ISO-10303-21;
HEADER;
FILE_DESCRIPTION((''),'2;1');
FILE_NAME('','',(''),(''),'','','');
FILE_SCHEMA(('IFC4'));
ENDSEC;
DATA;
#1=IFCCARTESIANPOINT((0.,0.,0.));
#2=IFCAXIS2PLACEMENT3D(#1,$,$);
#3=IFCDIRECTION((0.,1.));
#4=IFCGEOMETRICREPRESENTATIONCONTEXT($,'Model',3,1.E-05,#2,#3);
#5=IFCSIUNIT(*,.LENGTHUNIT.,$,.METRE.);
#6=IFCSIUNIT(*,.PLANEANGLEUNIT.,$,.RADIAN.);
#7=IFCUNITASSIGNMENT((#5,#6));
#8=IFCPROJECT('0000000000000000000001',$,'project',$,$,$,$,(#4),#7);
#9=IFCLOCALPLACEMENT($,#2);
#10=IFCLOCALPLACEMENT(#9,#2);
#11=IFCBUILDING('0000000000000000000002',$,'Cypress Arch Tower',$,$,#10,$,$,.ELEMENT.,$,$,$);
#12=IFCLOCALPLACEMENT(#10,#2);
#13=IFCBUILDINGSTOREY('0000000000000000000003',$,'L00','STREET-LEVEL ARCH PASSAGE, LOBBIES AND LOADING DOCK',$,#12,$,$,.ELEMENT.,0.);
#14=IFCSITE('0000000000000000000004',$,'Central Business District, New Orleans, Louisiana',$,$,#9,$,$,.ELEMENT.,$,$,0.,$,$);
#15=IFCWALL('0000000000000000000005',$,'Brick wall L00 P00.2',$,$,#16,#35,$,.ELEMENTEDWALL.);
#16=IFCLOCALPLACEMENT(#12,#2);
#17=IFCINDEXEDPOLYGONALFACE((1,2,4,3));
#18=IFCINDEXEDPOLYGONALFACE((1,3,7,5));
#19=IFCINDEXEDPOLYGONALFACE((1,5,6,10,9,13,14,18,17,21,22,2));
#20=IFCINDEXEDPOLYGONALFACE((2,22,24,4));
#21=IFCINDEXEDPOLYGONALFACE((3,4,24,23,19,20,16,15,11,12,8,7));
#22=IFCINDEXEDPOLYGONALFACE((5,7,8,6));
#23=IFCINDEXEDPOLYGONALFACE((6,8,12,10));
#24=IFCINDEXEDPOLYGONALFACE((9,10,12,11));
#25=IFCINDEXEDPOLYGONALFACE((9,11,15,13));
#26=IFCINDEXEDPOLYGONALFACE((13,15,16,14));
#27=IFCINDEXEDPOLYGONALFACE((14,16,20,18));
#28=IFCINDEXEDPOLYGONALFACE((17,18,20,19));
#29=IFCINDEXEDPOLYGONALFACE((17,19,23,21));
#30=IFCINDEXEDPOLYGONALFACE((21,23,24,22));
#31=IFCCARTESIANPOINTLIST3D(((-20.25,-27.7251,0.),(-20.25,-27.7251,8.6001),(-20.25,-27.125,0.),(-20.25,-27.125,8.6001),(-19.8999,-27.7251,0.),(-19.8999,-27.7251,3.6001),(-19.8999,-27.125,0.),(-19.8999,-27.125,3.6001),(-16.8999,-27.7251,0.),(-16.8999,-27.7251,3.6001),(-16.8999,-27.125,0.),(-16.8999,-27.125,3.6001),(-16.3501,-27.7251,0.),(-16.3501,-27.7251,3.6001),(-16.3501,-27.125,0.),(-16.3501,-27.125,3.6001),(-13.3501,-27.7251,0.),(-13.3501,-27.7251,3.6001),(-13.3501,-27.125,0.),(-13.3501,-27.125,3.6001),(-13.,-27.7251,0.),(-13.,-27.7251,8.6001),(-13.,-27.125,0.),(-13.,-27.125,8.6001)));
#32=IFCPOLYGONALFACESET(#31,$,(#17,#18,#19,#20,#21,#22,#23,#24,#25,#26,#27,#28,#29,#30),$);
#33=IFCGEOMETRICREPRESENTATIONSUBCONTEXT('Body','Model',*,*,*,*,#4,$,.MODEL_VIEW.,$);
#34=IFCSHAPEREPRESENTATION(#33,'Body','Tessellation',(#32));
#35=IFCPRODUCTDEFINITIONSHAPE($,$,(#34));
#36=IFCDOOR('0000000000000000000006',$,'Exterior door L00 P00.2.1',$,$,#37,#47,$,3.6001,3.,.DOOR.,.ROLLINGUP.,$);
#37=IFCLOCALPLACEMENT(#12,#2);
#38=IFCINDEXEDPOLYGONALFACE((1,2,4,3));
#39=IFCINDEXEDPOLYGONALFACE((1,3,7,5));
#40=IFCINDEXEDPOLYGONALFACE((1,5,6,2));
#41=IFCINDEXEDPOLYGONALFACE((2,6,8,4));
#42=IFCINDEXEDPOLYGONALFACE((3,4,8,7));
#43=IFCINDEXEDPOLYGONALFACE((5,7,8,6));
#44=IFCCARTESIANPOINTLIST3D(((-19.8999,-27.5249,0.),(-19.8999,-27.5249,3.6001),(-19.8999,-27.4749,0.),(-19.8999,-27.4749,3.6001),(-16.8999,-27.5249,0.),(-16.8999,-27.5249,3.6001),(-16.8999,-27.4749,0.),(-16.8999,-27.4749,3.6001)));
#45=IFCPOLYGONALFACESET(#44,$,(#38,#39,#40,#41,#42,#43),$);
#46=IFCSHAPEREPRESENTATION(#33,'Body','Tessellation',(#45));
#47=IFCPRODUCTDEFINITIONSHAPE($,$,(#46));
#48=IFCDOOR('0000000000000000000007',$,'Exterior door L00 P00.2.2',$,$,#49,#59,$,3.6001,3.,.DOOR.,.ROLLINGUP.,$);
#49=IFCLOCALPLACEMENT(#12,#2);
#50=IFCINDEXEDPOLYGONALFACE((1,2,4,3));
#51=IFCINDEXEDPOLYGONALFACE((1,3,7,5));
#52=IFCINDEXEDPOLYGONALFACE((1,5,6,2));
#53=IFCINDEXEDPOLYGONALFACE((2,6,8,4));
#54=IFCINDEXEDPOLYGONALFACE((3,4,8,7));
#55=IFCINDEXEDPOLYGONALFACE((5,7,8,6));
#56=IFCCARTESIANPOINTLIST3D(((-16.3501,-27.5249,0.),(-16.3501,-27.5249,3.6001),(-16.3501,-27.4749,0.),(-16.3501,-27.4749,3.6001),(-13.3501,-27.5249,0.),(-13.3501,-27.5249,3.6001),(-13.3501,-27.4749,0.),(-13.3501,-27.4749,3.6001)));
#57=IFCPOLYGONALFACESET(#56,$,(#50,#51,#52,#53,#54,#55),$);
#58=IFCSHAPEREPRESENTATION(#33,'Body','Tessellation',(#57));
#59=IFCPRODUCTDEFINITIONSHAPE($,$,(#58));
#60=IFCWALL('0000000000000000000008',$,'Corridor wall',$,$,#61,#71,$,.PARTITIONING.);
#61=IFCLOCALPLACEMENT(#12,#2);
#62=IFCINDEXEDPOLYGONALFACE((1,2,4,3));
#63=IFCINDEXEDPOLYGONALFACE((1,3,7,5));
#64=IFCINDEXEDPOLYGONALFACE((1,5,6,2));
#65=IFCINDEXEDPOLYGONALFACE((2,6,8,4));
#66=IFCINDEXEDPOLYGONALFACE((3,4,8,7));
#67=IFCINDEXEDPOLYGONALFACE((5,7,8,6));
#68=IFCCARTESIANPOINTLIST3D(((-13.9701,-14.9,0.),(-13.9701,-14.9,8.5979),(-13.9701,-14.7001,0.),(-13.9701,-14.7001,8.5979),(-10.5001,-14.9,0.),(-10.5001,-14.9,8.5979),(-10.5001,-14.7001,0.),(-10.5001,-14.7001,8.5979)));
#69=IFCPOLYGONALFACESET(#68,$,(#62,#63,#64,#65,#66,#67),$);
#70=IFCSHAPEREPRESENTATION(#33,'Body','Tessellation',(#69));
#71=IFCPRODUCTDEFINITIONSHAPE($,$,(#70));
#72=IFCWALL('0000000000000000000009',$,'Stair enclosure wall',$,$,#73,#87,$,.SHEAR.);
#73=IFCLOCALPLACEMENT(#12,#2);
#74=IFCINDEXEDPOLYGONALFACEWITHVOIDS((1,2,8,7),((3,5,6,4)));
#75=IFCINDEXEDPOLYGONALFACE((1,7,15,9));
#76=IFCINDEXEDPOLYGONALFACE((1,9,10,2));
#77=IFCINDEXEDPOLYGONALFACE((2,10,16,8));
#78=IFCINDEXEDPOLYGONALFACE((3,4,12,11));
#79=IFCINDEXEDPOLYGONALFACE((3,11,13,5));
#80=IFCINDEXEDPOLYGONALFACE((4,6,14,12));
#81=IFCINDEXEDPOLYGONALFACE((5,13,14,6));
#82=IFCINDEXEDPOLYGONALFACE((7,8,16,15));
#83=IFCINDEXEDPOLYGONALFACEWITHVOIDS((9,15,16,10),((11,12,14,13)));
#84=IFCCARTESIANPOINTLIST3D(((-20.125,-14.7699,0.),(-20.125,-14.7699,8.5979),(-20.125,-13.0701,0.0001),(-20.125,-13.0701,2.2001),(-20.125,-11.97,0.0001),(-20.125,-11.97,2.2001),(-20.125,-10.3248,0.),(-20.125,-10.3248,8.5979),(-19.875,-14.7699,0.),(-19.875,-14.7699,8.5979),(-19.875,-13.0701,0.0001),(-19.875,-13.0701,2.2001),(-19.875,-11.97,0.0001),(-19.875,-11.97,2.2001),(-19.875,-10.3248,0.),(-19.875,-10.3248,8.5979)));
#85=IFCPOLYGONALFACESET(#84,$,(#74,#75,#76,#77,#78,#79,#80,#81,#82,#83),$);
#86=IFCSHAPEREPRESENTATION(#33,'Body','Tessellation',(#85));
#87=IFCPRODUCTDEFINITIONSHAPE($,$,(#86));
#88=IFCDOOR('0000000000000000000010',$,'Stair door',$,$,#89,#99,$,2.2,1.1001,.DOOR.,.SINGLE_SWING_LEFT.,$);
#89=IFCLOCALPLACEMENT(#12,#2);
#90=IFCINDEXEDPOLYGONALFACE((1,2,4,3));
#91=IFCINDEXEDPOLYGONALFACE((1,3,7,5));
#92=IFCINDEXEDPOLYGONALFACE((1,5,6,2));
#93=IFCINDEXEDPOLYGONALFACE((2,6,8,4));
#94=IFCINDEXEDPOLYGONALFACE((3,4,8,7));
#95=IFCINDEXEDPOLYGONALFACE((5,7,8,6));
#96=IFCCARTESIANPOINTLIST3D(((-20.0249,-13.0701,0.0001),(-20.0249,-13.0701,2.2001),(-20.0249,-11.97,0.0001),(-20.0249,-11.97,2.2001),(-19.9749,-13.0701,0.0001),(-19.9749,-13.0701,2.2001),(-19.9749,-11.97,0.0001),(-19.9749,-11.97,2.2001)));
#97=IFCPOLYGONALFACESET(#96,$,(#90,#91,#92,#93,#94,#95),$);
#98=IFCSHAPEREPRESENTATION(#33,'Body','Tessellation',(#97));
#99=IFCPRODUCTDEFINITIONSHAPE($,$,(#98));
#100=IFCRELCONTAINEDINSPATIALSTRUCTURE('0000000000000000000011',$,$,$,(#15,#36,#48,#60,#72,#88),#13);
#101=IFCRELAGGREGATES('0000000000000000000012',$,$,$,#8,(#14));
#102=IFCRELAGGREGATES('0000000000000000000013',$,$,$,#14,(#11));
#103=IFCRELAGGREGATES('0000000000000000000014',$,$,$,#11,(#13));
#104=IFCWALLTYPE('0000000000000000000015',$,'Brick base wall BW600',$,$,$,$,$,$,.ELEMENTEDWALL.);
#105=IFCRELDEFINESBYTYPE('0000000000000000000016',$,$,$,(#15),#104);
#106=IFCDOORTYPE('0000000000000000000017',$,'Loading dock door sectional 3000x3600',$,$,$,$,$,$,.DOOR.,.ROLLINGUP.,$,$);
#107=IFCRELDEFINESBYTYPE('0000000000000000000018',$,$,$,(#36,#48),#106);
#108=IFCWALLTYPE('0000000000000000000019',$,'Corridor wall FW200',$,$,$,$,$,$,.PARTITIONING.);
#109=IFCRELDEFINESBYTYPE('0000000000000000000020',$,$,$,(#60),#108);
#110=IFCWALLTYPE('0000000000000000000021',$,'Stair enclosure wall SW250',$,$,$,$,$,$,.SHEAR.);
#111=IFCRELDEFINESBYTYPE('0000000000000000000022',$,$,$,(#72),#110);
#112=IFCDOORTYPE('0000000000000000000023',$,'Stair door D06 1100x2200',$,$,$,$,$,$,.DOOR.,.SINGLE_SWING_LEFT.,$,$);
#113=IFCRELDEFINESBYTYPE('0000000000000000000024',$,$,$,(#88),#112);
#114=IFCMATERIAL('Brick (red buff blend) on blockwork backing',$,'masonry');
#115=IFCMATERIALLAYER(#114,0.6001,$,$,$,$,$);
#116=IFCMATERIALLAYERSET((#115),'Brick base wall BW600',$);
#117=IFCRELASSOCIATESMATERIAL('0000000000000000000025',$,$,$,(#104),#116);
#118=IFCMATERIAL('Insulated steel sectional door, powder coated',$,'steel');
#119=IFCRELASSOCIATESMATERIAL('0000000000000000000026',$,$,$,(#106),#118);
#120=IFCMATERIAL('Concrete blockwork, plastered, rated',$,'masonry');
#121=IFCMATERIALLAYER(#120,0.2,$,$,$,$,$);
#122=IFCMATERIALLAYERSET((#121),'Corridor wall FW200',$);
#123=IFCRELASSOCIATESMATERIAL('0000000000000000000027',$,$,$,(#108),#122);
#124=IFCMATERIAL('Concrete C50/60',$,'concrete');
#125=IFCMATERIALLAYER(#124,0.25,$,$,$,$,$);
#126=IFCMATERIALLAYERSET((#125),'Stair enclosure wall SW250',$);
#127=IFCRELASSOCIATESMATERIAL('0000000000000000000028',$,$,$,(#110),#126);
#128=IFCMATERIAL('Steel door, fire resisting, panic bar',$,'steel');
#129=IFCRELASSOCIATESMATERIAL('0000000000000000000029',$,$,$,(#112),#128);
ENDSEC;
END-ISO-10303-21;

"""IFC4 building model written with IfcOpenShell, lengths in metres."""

from ifc_helpers import new_model, si_unit, direction, frame, frame_2d, origin, place, context, subcontext, project, spatial, rectangle, extrude, material, layer, layer_set, type_object, element, fill, save


model = new_model("IFC4")

# Units and contexts
model_context = context("Model", 3, precision=1e-05, world=origin(), true_north=direction((0.0, 1.0)))
body_context = subcontext(model_context, "Body", "Model", "MODEL_VIEW")
ifc_project = project(units=[si_unit("LENGTHUNIT", "METRE"), si_unit("PLANEANGLEUNIT", "RADIAN")], contexts=[model_context])

# Site, building, storey
site_placement = place(None, origin())
site = spatial("IfcSite", under=ifc_project, at=site_placement, Name="Central Business District, New Orleans, Louisiana", CompositionType="ELEMENT", RefElevation=0.0)
building_placement = place(site_placement, origin())
building = spatial("IfcBuilding", under=site, at=building_placement, Name="Cypress Arch Tower", CompositionType="ELEMENT")
storey_placement = place(building_placement, origin())
storey = spatial("IfcBuildingStorey", under=building, at=storey_placement, Name="L00", Description="STREET-LEVEL ARCH PASSAGE, LOBBIES AND LOADING DOCK", CompositionType="ELEMENT", Elevation=0.0)

# Wall, openings, doors
ifc_material_1 = material(Name="Brick (red buff blend) on blockwork backing", Category="masonry")
ifc_layer_1 = layer(ifc_material_1, 0.6001)
ifc_layer_set_1 = layer_set([ifc_layer_1], Name="Brick base wall BW600")
wall_type_1 = type_object("IfcWallType", Name="Brick base wall BW600", PredefinedType="ELEMENTEDWALL", material=ifc_layer_set_1)
wall_1_placement = place(storey_placement, frame((-20.25, -27.425, 0.0), z_axis=(0.0, 0.0, 1.0), x_axis=(1.0, 0.0, 0.0)))
wall_1 = element("IfcWall", 1, at=wall_1_placement, inside=storey, type_object=wall_type_1, Name="Brick wall L00 P00.2", PredefinedType="ELEMENTEDWALL", context=body_context, shape_type="SweptSolid", body=[
    extrude(rectangle(XDim=7.25, YDim=0.6001, at=frame_2d((3.625, 0.0))), origin(), (0.0, 0.0, 1.0), 8.6001),
])
opening_1_placement = place(wall_1_placement, frame((0.3501, 0.0, 0.0)))
opening_1 = element("IfcOpeningElement", 2, at=opening_1_placement, cuts=wall_1, PredefinedType="OPENING", context=body_context, shape_type="SweptSolid", body=[
    extrude(rectangle(XDim=3.0, YDim=3.6001, at=frame_2d((1.5, 1.8))), frame((0.0, 0.3101, 0.0), z_axis=(0.0, -1.0, 0.0), x_axis=(1.0, 0.0, 0.0)), (0.0, 0.0, 1.0), 0.6201),
])
opening_2_placement = place(wall_1_placement, frame((3.8999, 0.0, 0.0)))
opening_2 = element("IfcOpeningElement", 3, at=opening_2_placement, cuts=wall_1, PredefinedType="OPENING", context=body_context, shape_type="SweptSolid", body=[
    extrude(rectangle(XDim=3.0, YDim=3.6001, at=frame_2d((1.5, 1.8))), frame((0.0, 0.3101, 0.0), z_axis=(0.0, -1.0, 0.0), x_axis=(1.0, 0.0, 0.0)), (0.0, 0.0, 1.0), 0.6201),
])
ifc_material_2 = material(Name="Insulated steel sectional door, powder coated", Category="steel")
door_type_1 = type_object("IfcDoorType", Name="Loading dock door sectional 3000x3600", OperationType="ROLLINGUP", PredefinedType="DOOR", material=ifc_material_2)
door_1_placement = place(opening_1_placement, origin())
door_1 = element("IfcDoor", 4, at=door_1_placement, inside=storey, type_object=door_type_1, Name="Exterior door L00 P00.2.1", OperationType="ROLLINGUP", OverallHeight=3.6001, OverallWidth=3.0, PredefinedType="DOOR", context=body_context, shape_type="SweptSolid", body=[
    extrude(rectangle(XDim=3.0, YDim=3.6001, at=frame_2d((1.5, 1.8))), frame((0.0, -0.0498, 0.0), z_axis=(0.0, -1.0, 0.0), x_axis=(1.0, 0.0, 0.0)), (0.0, 0.0, 1.0), 0.05),
])
fill(opening_1, door_1)
door_2_placement = place(opening_2_placement, origin())
door_2 = element("IfcDoor", 5, at=door_2_placement, inside=storey, type_object=door_type_1, Name="Exterior door L00 P00.2.2", OperationType="ROLLINGUP", OverallHeight=3.6001, OverallWidth=3.0, PredefinedType="DOOR", context=body_context, shape_type="SweptSolid", body=[
    extrude(rectangle(XDim=3.0, YDim=3.6001, at=frame_2d((1.5, 1.8))), frame((0.0, -0.0498, 0.0), z_axis=(0.0, -1.0, 0.0), x_axis=(1.0, 0.0, 0.0)), (0.0, 0.0, 1.0), 0.05),
])
fill(opening_2, door_2)

# Wall
ifc_material_3 = material(Name="Concrete blockwork, plastered, rated", Category="masonry")
ifc_layer_2 = layer(ifc_material_3, 0.2)
ifc_layer_set_2 = layer_set([ifc_layer_2], Name="Corridor wall FW200")
wall_type_2 = type_object("IfcWallType", Name="Corridor wall FW200", PredefinedType="PARTITIONING", material=ifc_layer_set_2)
wall_2_placement = place(storey_placement, frame((-13.97, -14.8, 0.0), z_axis=(0.0, 0.0, 1.0), x_axis=(1.0, 0.0, 0.0)))
element("IfcWall", 6, at=wall_2_placement, inside=storey, type_object=wall_type_2, Name="Corridor wall", PredefinedType="PARTITIONING", context=body_context, shape_type="SweptSolid", body=[
    extrude(rectangle(XDim=3.47, YDim=0.2, at=frame_2d((1.7349, 0.0))), origin(), (0.0, 0.0, 1.0), 8.5979),
])

# Wall, opening, door
ifc_material_4 = material(Name="Concrete C50/60", Category="concrete")
ifc_layer_3 = layer(ifc_material_4, 0.25)
ifc_layer_set_3 = layer_set([ifc_layer_3], Name="Stair enclosure wall SW250")
wall_type_3 = type_object("IfcWallType", Name="Stair enclosure wall SW250", PredefinedType="SHEAR", material=ifc_layer_set_3)
wall_3_placement = place(storey_placement, frame((-20.0, -14.77, 0.0), z_axis=(0.0, 0.0, 1.0), x_axis=(0.0, 1.0, 0.0)))
wall_3 = element("IfcWall", 7, at=wall_3_placement, inside=storey, type_object=wall_type_3, Name="Stair enclosure wall", PredefinedType="SHEAR", context=body_context, shape_type="SweptSolid", body=[
    extrude(rectangle(XDim=4.4451, YDim=0.25, at=frame_2d((2.2227, 0.0))), origin(), (0.0, 0.0, 1.0), 8.5979),
])
opening_3_placement = place(wall_3_placement, frame((1.7, 0.0, 0.0)))
opening_3 = element("IfcOpeningElement", 8, at=opening_3_placement, cuts=wall_3, PredefinedType="OPENING", context=body_context, shape_type="SweptSolid", body=[
    extrude(rectangle(XDim=1.1001, YDim=2.2, at=frame_2d((0.55, 1.1001))), frame((0.0, 0.135, 0.0), z_axis=(0.0, -1.0, 0.0), x_axis=(1.0, 0.0, 0.0)), (0.0, 0.0, 1.0), 0.27),
])
ifc_material_5 = material(Name="Steel door, fire resisting, panic bar", Category="steel")
door_type_2 = type_object("IfcDoorType", Name="Stair door D06 1100x2200", OperationType="SINGLE_SWING_LEFT", PredefinedType="DOOR", material=ifc_material_5)
door_3_placement = place(opening_3_placement, origin())
door_3 = element("IfcDoor", 9, at=door_3_placement, inside=storey, type_object=door_type_2, Name="Stair door", OperationType="SINGLE_SWING_LEFT", OverallHeight=2.2, OverallWidth=1.1001, PredefinedType="DOOR", context=body_context, shape_type="SweptSolid", body=[
    extrude(rectangle(XDim=1.1001, YDim=2.2, at=frame_2d((0.55, 1.1001))), frame((0.0, 0.0249, 0.0), z_axis=(0.0, -1.0, 0.0), x_axis=(1.0, 0.0, 0.0)), (0.0, 0.0, 1.0), 0.05),
])
fill(opening_3, door_3)

save(model, "model.ifc")
